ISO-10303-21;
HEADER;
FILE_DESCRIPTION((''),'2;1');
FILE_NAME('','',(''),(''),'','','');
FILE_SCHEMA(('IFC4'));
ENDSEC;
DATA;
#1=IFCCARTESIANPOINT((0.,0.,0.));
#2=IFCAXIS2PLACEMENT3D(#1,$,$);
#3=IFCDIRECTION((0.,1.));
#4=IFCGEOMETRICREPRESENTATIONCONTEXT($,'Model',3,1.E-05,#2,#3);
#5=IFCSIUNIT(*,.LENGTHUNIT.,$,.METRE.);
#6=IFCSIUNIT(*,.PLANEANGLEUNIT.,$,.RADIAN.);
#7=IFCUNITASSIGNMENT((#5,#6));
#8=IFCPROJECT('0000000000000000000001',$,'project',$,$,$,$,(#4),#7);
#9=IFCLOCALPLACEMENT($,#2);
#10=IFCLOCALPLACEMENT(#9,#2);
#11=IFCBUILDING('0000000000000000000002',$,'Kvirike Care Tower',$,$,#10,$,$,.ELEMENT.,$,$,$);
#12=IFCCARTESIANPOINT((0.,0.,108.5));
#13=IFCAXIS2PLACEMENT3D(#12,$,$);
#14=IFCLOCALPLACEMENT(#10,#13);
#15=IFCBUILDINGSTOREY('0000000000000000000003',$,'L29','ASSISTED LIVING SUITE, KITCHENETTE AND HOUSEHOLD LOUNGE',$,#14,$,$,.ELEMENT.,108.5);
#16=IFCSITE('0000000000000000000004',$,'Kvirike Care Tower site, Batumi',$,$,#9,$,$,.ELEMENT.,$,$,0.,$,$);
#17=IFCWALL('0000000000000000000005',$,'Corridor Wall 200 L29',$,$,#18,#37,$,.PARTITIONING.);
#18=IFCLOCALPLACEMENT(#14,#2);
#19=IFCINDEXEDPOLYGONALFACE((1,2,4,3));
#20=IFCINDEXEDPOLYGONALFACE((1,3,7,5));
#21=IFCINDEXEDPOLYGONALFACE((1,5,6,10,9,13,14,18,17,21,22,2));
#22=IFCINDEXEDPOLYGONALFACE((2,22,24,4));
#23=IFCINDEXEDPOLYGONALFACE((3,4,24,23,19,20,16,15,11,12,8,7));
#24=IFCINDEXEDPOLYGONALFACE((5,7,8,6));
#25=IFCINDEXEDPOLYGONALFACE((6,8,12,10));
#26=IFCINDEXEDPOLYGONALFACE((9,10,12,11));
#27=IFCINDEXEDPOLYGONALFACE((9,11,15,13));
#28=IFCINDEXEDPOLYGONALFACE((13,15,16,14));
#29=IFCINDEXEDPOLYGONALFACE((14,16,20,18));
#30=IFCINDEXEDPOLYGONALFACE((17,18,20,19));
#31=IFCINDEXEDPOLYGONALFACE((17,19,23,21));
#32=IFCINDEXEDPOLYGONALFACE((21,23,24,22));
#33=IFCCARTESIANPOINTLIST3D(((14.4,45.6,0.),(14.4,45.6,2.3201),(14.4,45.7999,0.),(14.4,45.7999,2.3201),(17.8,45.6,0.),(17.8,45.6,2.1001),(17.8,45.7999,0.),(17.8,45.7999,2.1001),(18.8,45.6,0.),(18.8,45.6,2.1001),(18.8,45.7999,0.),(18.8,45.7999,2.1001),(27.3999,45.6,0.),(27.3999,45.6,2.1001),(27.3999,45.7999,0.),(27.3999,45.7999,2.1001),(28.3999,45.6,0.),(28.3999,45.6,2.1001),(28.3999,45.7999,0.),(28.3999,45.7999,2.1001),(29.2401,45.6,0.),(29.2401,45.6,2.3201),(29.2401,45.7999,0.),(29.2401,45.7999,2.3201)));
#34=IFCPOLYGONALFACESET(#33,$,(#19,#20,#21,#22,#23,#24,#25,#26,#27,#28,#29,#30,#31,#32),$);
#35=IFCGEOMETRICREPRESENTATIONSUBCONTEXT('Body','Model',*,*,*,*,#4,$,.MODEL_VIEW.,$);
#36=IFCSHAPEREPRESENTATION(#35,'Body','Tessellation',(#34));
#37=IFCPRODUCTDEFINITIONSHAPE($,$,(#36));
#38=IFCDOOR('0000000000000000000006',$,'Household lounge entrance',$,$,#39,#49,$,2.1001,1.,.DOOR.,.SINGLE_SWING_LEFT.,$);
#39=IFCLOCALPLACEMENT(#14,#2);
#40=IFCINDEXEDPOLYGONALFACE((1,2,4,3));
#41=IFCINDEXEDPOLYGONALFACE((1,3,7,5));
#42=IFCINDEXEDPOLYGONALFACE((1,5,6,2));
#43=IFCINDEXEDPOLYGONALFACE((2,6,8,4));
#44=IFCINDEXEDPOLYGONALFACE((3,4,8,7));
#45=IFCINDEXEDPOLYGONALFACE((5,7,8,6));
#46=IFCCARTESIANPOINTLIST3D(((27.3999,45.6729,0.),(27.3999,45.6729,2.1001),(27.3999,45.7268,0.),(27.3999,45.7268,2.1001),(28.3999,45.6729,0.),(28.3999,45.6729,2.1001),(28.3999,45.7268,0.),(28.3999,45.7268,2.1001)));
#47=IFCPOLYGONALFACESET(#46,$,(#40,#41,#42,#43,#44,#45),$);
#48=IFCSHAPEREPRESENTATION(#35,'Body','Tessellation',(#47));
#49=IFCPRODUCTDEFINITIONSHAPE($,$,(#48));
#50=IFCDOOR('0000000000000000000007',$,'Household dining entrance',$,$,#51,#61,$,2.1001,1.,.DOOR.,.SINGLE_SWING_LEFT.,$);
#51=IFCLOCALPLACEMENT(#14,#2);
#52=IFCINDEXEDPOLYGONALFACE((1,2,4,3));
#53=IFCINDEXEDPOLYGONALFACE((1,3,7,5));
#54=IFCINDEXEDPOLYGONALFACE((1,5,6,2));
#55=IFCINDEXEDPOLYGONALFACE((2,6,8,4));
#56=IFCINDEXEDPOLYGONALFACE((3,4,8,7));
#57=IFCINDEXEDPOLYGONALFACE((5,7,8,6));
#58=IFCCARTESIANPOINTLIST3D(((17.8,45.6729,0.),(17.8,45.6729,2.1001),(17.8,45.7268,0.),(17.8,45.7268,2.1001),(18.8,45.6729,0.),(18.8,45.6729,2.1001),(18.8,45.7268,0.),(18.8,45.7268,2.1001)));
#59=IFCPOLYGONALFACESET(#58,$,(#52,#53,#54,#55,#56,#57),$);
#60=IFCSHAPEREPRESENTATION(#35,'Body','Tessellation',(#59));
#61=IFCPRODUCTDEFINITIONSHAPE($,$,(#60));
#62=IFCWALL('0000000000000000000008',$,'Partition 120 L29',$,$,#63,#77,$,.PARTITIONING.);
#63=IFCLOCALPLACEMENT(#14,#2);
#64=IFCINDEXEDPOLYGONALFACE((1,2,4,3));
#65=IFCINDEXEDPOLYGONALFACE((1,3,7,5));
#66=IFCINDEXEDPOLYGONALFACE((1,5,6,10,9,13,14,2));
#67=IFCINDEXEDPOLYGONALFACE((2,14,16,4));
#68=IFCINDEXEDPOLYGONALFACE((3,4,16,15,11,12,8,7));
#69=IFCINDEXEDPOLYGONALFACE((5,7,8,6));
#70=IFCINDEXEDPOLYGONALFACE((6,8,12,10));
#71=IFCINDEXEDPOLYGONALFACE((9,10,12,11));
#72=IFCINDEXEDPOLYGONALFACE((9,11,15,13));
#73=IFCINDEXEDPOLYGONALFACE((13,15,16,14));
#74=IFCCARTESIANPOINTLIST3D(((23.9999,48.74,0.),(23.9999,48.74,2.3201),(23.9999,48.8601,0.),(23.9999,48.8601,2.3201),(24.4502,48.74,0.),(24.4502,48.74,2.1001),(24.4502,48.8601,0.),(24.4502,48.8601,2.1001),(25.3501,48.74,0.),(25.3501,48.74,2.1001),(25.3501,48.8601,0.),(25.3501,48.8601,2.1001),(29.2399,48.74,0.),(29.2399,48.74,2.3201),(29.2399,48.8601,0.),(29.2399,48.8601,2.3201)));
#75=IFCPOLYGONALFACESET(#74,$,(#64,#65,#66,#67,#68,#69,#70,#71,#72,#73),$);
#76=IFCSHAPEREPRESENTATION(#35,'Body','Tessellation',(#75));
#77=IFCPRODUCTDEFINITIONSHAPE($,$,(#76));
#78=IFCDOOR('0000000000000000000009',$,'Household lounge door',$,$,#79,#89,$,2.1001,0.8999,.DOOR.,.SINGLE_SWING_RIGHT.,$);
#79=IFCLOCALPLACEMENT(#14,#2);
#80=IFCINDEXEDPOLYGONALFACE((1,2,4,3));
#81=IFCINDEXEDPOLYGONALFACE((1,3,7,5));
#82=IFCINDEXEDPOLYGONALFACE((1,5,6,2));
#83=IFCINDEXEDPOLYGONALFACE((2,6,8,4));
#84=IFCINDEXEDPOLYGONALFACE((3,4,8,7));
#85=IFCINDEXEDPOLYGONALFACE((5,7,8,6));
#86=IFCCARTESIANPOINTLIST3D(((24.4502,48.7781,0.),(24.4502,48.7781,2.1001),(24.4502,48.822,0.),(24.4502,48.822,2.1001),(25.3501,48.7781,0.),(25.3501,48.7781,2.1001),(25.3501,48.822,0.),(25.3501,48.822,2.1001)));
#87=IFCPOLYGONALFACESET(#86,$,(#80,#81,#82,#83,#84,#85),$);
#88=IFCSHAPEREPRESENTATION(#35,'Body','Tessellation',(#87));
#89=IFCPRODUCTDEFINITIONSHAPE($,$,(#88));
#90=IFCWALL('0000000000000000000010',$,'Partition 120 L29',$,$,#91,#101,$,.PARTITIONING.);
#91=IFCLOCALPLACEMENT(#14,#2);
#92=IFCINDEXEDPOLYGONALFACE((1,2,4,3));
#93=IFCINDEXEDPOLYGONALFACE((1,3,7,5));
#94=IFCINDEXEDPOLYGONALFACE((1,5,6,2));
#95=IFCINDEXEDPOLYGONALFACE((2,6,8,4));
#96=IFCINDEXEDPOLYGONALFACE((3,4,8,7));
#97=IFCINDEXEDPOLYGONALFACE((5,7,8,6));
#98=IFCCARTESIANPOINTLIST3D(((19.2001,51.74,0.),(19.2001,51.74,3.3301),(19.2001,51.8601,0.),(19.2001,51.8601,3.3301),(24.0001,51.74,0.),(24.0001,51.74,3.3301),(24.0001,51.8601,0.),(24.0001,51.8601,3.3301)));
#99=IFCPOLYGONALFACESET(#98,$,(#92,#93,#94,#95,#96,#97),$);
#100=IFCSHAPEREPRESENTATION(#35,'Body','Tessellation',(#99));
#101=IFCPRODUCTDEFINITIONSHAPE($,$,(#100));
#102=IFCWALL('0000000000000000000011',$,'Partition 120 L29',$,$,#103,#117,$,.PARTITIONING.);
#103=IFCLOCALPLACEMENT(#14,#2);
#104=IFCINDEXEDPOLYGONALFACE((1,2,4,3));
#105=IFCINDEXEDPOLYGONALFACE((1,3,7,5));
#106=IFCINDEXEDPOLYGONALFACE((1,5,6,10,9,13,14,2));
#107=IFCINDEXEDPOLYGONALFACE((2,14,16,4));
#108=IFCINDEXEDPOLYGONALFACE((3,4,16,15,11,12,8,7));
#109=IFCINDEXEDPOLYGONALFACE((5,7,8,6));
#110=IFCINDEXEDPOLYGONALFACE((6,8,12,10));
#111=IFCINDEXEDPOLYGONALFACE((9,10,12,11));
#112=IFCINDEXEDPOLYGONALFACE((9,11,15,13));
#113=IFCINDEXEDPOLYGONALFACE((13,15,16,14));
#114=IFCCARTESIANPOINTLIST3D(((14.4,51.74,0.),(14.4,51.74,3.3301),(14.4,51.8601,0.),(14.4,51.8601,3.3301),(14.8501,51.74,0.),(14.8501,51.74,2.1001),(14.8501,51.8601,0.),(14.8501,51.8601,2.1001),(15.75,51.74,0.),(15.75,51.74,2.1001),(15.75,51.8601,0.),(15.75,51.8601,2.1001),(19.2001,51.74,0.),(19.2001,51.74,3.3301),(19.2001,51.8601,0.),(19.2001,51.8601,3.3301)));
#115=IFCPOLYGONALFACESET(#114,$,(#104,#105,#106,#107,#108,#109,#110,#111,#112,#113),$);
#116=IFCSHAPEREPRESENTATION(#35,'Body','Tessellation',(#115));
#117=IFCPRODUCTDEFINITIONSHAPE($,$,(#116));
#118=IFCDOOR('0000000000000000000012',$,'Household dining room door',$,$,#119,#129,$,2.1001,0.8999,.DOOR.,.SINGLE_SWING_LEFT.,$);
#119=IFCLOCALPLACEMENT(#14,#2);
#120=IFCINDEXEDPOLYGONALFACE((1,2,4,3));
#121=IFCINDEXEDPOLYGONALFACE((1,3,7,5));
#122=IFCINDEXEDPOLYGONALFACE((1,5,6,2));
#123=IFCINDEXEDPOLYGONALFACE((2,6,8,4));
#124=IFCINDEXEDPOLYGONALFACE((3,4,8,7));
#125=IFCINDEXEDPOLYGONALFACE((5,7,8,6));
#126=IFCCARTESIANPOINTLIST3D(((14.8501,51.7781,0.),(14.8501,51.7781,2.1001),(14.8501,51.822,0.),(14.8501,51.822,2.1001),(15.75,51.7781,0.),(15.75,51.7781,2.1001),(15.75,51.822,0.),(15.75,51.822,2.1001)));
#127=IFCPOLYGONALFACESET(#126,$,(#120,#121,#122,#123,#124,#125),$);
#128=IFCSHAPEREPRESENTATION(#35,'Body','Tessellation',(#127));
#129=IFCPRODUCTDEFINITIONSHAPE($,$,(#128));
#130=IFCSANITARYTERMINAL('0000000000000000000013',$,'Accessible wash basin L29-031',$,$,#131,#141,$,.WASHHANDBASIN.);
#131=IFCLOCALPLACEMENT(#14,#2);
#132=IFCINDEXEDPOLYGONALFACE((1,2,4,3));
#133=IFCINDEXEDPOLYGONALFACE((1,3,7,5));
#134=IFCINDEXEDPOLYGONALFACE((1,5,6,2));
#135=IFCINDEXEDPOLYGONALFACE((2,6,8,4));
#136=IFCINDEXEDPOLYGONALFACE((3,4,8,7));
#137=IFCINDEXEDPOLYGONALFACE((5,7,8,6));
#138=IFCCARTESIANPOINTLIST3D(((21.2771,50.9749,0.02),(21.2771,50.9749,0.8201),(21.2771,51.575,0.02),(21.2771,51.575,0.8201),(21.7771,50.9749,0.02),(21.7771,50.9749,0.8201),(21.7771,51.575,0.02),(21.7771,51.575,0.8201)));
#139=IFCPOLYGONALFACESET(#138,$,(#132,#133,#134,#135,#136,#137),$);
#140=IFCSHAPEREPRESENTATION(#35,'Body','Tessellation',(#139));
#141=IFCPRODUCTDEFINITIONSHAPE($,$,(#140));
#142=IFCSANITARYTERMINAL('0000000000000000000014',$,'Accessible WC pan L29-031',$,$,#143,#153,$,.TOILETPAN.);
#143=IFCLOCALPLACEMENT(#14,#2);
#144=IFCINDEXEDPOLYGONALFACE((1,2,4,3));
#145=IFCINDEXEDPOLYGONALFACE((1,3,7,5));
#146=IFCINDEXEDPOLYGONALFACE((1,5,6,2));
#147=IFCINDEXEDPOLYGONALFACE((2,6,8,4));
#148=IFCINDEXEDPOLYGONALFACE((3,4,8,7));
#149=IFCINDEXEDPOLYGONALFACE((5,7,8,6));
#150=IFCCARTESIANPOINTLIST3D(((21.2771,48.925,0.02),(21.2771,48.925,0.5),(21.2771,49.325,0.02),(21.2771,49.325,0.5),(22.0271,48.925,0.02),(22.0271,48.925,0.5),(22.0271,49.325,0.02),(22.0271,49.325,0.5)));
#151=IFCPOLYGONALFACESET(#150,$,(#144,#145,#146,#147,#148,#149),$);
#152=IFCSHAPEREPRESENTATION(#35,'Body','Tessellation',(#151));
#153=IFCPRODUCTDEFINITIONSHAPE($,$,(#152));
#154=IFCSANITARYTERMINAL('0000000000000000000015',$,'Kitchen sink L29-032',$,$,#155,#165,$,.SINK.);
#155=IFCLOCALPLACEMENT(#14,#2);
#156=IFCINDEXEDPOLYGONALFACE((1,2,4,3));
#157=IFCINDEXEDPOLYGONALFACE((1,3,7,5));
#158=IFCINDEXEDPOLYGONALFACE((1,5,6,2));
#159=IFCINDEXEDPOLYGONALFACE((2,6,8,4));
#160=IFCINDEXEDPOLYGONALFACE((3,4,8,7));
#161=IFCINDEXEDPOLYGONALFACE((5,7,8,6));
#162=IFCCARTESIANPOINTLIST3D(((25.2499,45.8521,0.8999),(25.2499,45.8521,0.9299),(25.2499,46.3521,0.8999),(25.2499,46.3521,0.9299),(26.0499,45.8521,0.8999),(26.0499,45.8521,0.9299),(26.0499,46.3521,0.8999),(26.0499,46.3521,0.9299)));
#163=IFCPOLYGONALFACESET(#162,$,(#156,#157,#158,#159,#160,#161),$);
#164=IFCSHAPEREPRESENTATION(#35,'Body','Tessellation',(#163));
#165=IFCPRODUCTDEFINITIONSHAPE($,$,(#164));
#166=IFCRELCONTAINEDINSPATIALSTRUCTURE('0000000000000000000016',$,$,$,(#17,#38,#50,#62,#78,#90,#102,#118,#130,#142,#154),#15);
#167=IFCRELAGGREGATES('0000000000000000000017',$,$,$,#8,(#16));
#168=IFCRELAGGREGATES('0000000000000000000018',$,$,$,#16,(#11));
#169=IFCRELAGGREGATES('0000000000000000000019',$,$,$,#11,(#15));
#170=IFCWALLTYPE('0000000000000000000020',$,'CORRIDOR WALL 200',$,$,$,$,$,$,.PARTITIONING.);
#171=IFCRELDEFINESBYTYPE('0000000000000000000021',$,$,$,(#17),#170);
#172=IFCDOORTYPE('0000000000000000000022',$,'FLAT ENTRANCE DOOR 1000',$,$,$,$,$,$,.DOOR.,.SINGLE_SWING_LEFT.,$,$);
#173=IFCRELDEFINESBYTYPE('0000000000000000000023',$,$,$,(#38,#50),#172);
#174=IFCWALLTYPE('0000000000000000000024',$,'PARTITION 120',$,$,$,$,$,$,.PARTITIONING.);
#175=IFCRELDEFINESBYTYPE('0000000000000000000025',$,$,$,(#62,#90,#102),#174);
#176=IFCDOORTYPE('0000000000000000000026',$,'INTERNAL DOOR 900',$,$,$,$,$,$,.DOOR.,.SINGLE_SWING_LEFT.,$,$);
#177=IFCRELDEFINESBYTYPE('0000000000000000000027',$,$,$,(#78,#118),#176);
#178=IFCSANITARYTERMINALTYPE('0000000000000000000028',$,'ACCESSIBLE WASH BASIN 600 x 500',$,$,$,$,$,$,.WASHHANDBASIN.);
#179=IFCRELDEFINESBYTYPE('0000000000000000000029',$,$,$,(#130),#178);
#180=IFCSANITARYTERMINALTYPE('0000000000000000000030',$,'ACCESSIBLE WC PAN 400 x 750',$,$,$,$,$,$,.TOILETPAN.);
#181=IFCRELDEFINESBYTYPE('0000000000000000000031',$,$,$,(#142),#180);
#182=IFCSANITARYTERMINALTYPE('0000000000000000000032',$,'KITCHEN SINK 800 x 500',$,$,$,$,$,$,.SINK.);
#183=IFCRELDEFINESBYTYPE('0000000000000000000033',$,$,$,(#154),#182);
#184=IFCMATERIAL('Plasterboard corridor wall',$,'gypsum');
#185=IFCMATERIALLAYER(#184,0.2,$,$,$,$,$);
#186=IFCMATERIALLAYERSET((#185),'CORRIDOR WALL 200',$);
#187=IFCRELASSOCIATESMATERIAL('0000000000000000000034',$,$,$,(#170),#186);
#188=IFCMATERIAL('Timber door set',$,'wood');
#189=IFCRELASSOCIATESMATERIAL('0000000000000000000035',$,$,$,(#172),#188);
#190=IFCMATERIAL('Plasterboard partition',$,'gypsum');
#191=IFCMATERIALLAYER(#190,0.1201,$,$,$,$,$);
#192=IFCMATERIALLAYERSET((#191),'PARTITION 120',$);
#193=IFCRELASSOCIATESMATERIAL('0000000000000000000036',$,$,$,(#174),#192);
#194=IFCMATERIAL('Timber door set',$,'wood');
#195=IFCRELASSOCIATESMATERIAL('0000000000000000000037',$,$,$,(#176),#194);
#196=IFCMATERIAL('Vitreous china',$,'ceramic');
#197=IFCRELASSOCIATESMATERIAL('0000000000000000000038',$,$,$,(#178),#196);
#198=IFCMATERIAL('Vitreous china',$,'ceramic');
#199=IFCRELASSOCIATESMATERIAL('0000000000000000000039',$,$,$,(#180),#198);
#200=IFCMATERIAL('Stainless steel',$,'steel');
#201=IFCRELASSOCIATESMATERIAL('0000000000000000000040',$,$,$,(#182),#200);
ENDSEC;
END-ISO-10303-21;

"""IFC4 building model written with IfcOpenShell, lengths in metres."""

from ifc_helpers import new_model, si_unit, direction, frame, frame_2d, origin, origin_2d, place, context, subcontext, project, spatial, rectangle, extrude, material, layer, layer_set, type_object, element, fill, save


model = new_model("IFC4")

# Units and contexts
model_context = context("Model", 3, precision=1e-05, world=origin(), true_north=direction((0.0, 1.0)))
body_context = subcontext(model_context, "Body", "Model", "MODEL_VIEW")
ifc_project = project(units=[si_unit("LENGTHUNIT", "METRE"), si_unit("PLANEANGLEUNIT", "RADIAN")], contexts=[model_context])

# Site, building, storey
site_placement = place(None, origin())
site = spatial("IfcSite", under=ifc_project, at=site_placement, Name="Kvirike Care Tower site, Batumi", CompositionType="ELEMENT", RefElevation=0.0)
building_placement = place(site_placement, origin())
building = spatial("IfcBuilding", under=site, at=building_placement, Name="Kvirike Care Tower", CompositionType="ELEMENT")
storey_placement = place(building_placement, frame((0.0, 0.0, 108.5)))
storey = spatial("IfcBuildingStorey", under=building, at=storey_placement, Name="L29", Description="ASSISTED LIVING SUITE, KITCHENETTE AND HOUSEHOLD LOUNGE", CompositionType="ELEMENT", Elevation=108.5)

# Wall, openings, doors
ifc_material_1 = material(Name="Plasterboard corridor wall", Category="gypsum")
ifc_layer_1 = layer(ifc_material_1, 0.2)
ifc_layer_set_1 = layer_set([ifc_layer_1], Name="CORRIDOR WALL 200")
wall_type_1 = type_object("IfcWallType", Name="CORRIDOR WALL 200", PredefinedType="PARTITIONING", material=ifc_layer_set_1)
wall_1_placement = place(storey_placement, frame((29.24, 45.7, 0.0), z_axis=(0.0, 0.0, 1.0), x_axis=(-1.0, 0.0, 0.0)))
wall_1 = element("IfcWall", 1, at=wall_1_placement, inside=storey, type_object=wall_type_1, Name="Corridor Wall 200 L29", PredefinedType="PARTITIONING", context=body_context, shape_type="SweptSolid", body=[
    extrude(rectangle(XDim=14.8401, YDim=0.2, at=frame_2d((7.4199, 0.0))), origin(), (0.0, 0.0, 1.0), 2.3201),
])
opening_1_placement = place(wall_1_placement, frame((0.8401, 0.0, 0.0)))
opening_1 = element("IfcOpeningElement", 2, at=opening_1_placement, cuts=wall_1, PredefinedType="OPENING", context=body_context, shape_type="SweptSolid", body=[
    extrude(rectangle(XDim=1.0, YDim=2.1001, at=frame_2d((0.5, 1.05))), frame((0.0, 0.1106, 0.0), z_axis=(0.0, -1.0, 0.0), x_axis=(1.0, 0.0, 0.0)), (0.0, 0.0, 1.0), 0.2209),
])
opening_2_placement = place(wall_1_placement, frame((10.4399, 0.0, 0.0)))
opening_2 = element("IfcOpeningElement", 3, at=opening_2_placement, cuts=wall_1, PredefinedType="OPENING", context=body_context, shape_type="SweptSolid", body=[
    extrude(rectangle(XDim=1.0, YDim=2.1001, at=frame_2d((0.5, 1.05))), frame((0.0, 0.1106, 0.0), z_axis=(0.0, -1.0, 0.0), x_axis=(1.0, 0.0, 0.0)), (0.0, 0.0, 1.0), 0.2209),
])
ifc_material_2 = material(Name="Timber door set", Category="wood")
door_type_1 = type_object("IfcDoorType", Name="FLAT ENTRANCE DOOR 1000", OperationType="SINGLE_SWING_LEFT", PredefinedType="DOOR", material=ifc_material_2)
door_1_placement = place(opening_1_placement, frame((1.0, 0.0, 0.0), z_axis=(0.0, 0.0, 1.0), x_axis=(-1.0, 0.0, 0.0)))
door_1 = element("IfcDoor", 4, at=door_1_placement, inside=storey, type_object=door_type_1, Name="Household lounge entrance", OperationType="SINGLE_SWING_LEFT", OverallHeight=2.1001, OverallWidth=1.0, PredefinedType="DOOR", context=body_context, shape_type="SweptSolid", body=[
    extrude(rectangle(XDim=1.0, YDim=2.1001, at=frame_2d((0.5, 1.05))), frame((0.0, 0.0269, 0.0), z_axis=(0.0, -1.0, 0.0), x_axis=(1.0, 0.0, 0.0)), (0.0, 0.0, 1.0), 0.054),
])
fill(opening_1, door_1)
door_2_placement = place(opening_2_placement, frame((1.0, 0.0, 0.0), z_axis=(0.0, 0.0, 1.0), x_axis=(-1.0, 0.0, 0.0)))
door_2 = element("IfcDoor", 5, at=door_2_placement, inside=storey, type_object=door_type_1, Name="Household dining entrance", OperationType="SINGLE_SWING_LEFT", OverallHeight=2.1001, OverallWidth=1.0, PredefinedType="DOOR", context=body_context, shape_type="SweptSolid", body=[
    extrude(rectangle(XDim=1.0, YDim=2.1001, at=frame_2d((0.5, 1.05))), frame((0.0, 0.0269, 0.0), z_axis=(0.0, -1.0, 0.0), x_axis=(1.0, 0.0, 0.0)), (0.0, 0.0, 1.0), 0.054),
])
fill(opening_2, door_2)

# Wall, opening, door
ifc_material_3 = material(Name="Plasterboard partition", Category="gypsum")
ifc_layer_2 = layer(ifc_material_3, 0.1201)
ifc_layer_set_2 = layer_set([ifc_layer_2], Name="PARTITION 120")
wall_type_2 = type_object("IfcWallType", Name="PARTITION 120", PredefinedType="PARTITIONING", material=ifc_layer_set_2)
wall_2_placement = place(storey_placement, frame((29.24, 48.8, 0.0), z_axis=(0.0, 0.0, 1.0), x_axis=(-1.0, 0.0, 0.0)))
wall_2 = element("IfcWall", 6, at=wall_2_placement, inside=storey, type_object=wall_type_2, Name="Partition 120 L29", PredefinedType="PARTITIONING", context=body_context, shape_type="SweptSolid", body=[
    extrude(rectangle(XDim=5.24, YDim=0.1201, at=frame_2d((2.6201, 0.0))), origin(), (0.0, 0.0, 1.0), 2.3201),
])
opening_3_placement = place(wall_2_placement, frame((3.8899, 0.0, 0.0)))
opening_3 = element("IfcOpeningElement", 7, at=opening_3_placement, cuts=wall_2, PredefinedType="OPENING", context=body_context, shape_type="SweptSolid", body=[
    extrude(rectangle(XDim=0.8999, YDim=2.1001, at=frame_2d((0.45, 1.05))), frame((0.0, 0.0706, 0.0), z_axis=(0.0, -1.0, 0.0), x_axis=(1.0, 0.0, 0.0)), (0.0, 0.0, 1.0), 0.1411),
])
ifc_material_4 = material(Name="Timber door set", Category="wood")
door_type_2 = type_object("IfcDoorType", Name="INTERNAL DOOR 900", OperationType="SINGLE_SWING_LEFT", PredefinedType="DOOR", material=ifc_material_4)
door_3_placement = place(opening_3_placement, origin())
door_3 = element("IfcDoor", 8, at=door_3_placement, inside=storey, type_object=door_type_2, Name="Household lounge door", OperationType="SINGLE_SWING_RIGHT", OverallHeight=2.1001, OverallWidth=0.8999, PredefinedType="DOOR", context=body_context, shape_type="SweptSolid", body=[
    extrude(rectangle(XDim=0.8999, YDim=2.1001, at=frame_2d((0.45, 1.05))), frame((0.0, 0.022, 0.0), z_axis=(0.0, -1.0, 0.0), x_axis=(1.0, 0.0, 0.0)), (0.0, 0.0, 1.0), 0.0439),
])
fill(opening_3, door_3)

# Wall
wall_3_placement = place(storey_placement, frame((24.0, 51.8, 0.0), z_axis=(0.0, 0.0, 1.0), x_axis=(-1.0, 0.0, 0.0)))
element("IfcWall", 9, at=wall_3_placement, inside=storey, type_object=wall_type_2, Name="Partition 120 L29", PredefinedType="PARTITIONING", context=body_context, shape_type="SweptSolid", body=[
    extrude(rectangle(XDim=4.8, YDim=0.1201, at=frame_2d((2.3999, 0.0))), origin(), (0.0, 0.0, 1.0), 3.3301),
])

# Wall, opening, door
wall_4_placement = place(storey_placement, frame((19.2, 51.8, 0.0), z_axis=(0.0, 0.0, 1.0), x_axis=(-1.0, 0.0, 0.0)))
wall_4 = element("IfcWall", 10, at=wall_4_placement, inside=storey, type_object=wall_type_2, Name="Partition 120 L29", PredefinedType="PARTITIONING", context=body_context, shape_type="SweptSolid", body=[
    extrude(rectangle(XDim=4.8, YDim=0.1201, at=frame_2d((2.3999, 0.0))), origin(), (0.0, 0.0, 1.0), 3.3301),
])
opening_4_placement = place(wall_4_placement, frame((3.45, 0.0, 0.0)))
opening_4 = element("IfcOpeningElement", 11, at=opening_4_placement, cuts=wall_4, PredefinedType="OPENING", context=body_context, shape_type="SweptSolid", body=[
    extrude(rectangle(XDim=0.8999, YDim=2.1001, at=frame_2d((0.45, 1.05))), frame((0.0, 0.0706, 0.0), z_axis=(0.0, -1.0, 0.0), x_axis=(1.0, 0.0, 0.0)), (0.0, 0.0, 1.0), 0.1411),
])
door_4_placement = place(opening_4_placement, origin())
door_4 = element("IfcDoor", 12, at=door_4_placement, inside=storey, type_object=door_type_2, Name="Household dining room door", OperationType="SINGLE_SWING_LEFT", OverallHeight=2.1001, OverallWidth=0.8999, PredefinedType="DOOR", context=body_context, shape_type="SweptSolid", body=[
    extrude(rectangle(XDim=0.8999, YDim=2.1001, at=frame_2d((0.45, 1.05))), frame((0.0, 0.022, 0.0), z_axis=(0.0, -1.0, 0.0), x_axis=(1.0, 0.0, 0.0)), (0.0, 0.0, 1.0), 0.0439),
])
fill(opening_4, door_4)

# Sanitary terminals
ifc_material_5 = material(Name="Vitreous china", Category="ceramic")
sanitary_terminal_type_1 = type_object("IfcSanitaryTerminalType", Name="ACCESSIBLE WASH BASIN 600 x 500", PredefinedType="WASHHANDBASIN", material=ifc_material_5)
sanitary_terminal_1_placement = place(storey_placement, frame((21.5271, 51.2749, 0.02), z_axis=(0.0, 0.0, 1.0), x_axis=(0.0, 1.0, 0.0)))
element("IfcSanitaryTerminal", 13, at=sanitary_terminal_1_placement, inside=storey, type_object=sanitary_terminal_type_1, Name="Accessible wash basin L29-031", PredefinedType="WASHHANDBASIN", context=body_context, shape_type="SweptSolid", body=[
    extrude(rectangle(XDim=0.6001, YDim=0.5, at=origin_2d()), origin(), (0.0, 0.0, 1.0), 0.8),
])
ifc_material_6 = material(Name="Vitreous china", Category="ceramic")
sanitary_terminal_type_2 = type_object("IfcSanitaryTerminalType", Name="ACCESSIBLE WC PAN 400 x 750", PredefinedType="TOILETPAN", material=ifc_material_6)
sanitary_terminal_2_placement = place(storey_placement, frame((21.6521, 49.125, 0.02), z_axis=(0.0, 0.0, 1.0), x_axis=(0.0, 1.0, 0.0)))
element("IfcSanitaryTerminal", 14, at=sanitary_terminal_2_placement, inside=storey, type_object=sanitary_terminal_type_2, Name="Accessible WC pan L29-031", PredefinedType="TOILETPAN", context=body_context, shape_type="SweptSolid", body=[
    extrude(rectangle(XDim=0.3999, YDim=0.75, at=origin_2d()), origin(), (0.0, 0.0, 1.0), 0.48),
])
ifc_material_7 = material(Name="Stainless steel", Category="steel")
sanitary_terminal_type_3 = type_object("IfcSanitaryTerminalType", Name="KITCHEN SINK 800 x 500", PredefinedType="SINK", material=ifc_material_7)
for number, where, z_axis, x_axis, name in (
    (15, (25.6499, 46.1021, 0.8999), (0.0, 0.0, 1.0), (-1.0, 0.0, 0.0), "Kitchen sink L29-032"),
):
    element("IfcSanitaryTerminal", number, at=place(storey_placement, frame(where, z_axis=z_axis, x_axis=x_axis)), inside=storey, type_object=sanitary_terminal_type_3, Name=name, PredefinedType="SINK", context=body_context, shape_type="SweptSolid", body=[
        extrude(rectangle(XDim=0.8, YDim=0.5, at=origin_2d()), origin(), (0.0, 0.0, 1.0), 0.03),
    ])

save(model, "model.ifc")
